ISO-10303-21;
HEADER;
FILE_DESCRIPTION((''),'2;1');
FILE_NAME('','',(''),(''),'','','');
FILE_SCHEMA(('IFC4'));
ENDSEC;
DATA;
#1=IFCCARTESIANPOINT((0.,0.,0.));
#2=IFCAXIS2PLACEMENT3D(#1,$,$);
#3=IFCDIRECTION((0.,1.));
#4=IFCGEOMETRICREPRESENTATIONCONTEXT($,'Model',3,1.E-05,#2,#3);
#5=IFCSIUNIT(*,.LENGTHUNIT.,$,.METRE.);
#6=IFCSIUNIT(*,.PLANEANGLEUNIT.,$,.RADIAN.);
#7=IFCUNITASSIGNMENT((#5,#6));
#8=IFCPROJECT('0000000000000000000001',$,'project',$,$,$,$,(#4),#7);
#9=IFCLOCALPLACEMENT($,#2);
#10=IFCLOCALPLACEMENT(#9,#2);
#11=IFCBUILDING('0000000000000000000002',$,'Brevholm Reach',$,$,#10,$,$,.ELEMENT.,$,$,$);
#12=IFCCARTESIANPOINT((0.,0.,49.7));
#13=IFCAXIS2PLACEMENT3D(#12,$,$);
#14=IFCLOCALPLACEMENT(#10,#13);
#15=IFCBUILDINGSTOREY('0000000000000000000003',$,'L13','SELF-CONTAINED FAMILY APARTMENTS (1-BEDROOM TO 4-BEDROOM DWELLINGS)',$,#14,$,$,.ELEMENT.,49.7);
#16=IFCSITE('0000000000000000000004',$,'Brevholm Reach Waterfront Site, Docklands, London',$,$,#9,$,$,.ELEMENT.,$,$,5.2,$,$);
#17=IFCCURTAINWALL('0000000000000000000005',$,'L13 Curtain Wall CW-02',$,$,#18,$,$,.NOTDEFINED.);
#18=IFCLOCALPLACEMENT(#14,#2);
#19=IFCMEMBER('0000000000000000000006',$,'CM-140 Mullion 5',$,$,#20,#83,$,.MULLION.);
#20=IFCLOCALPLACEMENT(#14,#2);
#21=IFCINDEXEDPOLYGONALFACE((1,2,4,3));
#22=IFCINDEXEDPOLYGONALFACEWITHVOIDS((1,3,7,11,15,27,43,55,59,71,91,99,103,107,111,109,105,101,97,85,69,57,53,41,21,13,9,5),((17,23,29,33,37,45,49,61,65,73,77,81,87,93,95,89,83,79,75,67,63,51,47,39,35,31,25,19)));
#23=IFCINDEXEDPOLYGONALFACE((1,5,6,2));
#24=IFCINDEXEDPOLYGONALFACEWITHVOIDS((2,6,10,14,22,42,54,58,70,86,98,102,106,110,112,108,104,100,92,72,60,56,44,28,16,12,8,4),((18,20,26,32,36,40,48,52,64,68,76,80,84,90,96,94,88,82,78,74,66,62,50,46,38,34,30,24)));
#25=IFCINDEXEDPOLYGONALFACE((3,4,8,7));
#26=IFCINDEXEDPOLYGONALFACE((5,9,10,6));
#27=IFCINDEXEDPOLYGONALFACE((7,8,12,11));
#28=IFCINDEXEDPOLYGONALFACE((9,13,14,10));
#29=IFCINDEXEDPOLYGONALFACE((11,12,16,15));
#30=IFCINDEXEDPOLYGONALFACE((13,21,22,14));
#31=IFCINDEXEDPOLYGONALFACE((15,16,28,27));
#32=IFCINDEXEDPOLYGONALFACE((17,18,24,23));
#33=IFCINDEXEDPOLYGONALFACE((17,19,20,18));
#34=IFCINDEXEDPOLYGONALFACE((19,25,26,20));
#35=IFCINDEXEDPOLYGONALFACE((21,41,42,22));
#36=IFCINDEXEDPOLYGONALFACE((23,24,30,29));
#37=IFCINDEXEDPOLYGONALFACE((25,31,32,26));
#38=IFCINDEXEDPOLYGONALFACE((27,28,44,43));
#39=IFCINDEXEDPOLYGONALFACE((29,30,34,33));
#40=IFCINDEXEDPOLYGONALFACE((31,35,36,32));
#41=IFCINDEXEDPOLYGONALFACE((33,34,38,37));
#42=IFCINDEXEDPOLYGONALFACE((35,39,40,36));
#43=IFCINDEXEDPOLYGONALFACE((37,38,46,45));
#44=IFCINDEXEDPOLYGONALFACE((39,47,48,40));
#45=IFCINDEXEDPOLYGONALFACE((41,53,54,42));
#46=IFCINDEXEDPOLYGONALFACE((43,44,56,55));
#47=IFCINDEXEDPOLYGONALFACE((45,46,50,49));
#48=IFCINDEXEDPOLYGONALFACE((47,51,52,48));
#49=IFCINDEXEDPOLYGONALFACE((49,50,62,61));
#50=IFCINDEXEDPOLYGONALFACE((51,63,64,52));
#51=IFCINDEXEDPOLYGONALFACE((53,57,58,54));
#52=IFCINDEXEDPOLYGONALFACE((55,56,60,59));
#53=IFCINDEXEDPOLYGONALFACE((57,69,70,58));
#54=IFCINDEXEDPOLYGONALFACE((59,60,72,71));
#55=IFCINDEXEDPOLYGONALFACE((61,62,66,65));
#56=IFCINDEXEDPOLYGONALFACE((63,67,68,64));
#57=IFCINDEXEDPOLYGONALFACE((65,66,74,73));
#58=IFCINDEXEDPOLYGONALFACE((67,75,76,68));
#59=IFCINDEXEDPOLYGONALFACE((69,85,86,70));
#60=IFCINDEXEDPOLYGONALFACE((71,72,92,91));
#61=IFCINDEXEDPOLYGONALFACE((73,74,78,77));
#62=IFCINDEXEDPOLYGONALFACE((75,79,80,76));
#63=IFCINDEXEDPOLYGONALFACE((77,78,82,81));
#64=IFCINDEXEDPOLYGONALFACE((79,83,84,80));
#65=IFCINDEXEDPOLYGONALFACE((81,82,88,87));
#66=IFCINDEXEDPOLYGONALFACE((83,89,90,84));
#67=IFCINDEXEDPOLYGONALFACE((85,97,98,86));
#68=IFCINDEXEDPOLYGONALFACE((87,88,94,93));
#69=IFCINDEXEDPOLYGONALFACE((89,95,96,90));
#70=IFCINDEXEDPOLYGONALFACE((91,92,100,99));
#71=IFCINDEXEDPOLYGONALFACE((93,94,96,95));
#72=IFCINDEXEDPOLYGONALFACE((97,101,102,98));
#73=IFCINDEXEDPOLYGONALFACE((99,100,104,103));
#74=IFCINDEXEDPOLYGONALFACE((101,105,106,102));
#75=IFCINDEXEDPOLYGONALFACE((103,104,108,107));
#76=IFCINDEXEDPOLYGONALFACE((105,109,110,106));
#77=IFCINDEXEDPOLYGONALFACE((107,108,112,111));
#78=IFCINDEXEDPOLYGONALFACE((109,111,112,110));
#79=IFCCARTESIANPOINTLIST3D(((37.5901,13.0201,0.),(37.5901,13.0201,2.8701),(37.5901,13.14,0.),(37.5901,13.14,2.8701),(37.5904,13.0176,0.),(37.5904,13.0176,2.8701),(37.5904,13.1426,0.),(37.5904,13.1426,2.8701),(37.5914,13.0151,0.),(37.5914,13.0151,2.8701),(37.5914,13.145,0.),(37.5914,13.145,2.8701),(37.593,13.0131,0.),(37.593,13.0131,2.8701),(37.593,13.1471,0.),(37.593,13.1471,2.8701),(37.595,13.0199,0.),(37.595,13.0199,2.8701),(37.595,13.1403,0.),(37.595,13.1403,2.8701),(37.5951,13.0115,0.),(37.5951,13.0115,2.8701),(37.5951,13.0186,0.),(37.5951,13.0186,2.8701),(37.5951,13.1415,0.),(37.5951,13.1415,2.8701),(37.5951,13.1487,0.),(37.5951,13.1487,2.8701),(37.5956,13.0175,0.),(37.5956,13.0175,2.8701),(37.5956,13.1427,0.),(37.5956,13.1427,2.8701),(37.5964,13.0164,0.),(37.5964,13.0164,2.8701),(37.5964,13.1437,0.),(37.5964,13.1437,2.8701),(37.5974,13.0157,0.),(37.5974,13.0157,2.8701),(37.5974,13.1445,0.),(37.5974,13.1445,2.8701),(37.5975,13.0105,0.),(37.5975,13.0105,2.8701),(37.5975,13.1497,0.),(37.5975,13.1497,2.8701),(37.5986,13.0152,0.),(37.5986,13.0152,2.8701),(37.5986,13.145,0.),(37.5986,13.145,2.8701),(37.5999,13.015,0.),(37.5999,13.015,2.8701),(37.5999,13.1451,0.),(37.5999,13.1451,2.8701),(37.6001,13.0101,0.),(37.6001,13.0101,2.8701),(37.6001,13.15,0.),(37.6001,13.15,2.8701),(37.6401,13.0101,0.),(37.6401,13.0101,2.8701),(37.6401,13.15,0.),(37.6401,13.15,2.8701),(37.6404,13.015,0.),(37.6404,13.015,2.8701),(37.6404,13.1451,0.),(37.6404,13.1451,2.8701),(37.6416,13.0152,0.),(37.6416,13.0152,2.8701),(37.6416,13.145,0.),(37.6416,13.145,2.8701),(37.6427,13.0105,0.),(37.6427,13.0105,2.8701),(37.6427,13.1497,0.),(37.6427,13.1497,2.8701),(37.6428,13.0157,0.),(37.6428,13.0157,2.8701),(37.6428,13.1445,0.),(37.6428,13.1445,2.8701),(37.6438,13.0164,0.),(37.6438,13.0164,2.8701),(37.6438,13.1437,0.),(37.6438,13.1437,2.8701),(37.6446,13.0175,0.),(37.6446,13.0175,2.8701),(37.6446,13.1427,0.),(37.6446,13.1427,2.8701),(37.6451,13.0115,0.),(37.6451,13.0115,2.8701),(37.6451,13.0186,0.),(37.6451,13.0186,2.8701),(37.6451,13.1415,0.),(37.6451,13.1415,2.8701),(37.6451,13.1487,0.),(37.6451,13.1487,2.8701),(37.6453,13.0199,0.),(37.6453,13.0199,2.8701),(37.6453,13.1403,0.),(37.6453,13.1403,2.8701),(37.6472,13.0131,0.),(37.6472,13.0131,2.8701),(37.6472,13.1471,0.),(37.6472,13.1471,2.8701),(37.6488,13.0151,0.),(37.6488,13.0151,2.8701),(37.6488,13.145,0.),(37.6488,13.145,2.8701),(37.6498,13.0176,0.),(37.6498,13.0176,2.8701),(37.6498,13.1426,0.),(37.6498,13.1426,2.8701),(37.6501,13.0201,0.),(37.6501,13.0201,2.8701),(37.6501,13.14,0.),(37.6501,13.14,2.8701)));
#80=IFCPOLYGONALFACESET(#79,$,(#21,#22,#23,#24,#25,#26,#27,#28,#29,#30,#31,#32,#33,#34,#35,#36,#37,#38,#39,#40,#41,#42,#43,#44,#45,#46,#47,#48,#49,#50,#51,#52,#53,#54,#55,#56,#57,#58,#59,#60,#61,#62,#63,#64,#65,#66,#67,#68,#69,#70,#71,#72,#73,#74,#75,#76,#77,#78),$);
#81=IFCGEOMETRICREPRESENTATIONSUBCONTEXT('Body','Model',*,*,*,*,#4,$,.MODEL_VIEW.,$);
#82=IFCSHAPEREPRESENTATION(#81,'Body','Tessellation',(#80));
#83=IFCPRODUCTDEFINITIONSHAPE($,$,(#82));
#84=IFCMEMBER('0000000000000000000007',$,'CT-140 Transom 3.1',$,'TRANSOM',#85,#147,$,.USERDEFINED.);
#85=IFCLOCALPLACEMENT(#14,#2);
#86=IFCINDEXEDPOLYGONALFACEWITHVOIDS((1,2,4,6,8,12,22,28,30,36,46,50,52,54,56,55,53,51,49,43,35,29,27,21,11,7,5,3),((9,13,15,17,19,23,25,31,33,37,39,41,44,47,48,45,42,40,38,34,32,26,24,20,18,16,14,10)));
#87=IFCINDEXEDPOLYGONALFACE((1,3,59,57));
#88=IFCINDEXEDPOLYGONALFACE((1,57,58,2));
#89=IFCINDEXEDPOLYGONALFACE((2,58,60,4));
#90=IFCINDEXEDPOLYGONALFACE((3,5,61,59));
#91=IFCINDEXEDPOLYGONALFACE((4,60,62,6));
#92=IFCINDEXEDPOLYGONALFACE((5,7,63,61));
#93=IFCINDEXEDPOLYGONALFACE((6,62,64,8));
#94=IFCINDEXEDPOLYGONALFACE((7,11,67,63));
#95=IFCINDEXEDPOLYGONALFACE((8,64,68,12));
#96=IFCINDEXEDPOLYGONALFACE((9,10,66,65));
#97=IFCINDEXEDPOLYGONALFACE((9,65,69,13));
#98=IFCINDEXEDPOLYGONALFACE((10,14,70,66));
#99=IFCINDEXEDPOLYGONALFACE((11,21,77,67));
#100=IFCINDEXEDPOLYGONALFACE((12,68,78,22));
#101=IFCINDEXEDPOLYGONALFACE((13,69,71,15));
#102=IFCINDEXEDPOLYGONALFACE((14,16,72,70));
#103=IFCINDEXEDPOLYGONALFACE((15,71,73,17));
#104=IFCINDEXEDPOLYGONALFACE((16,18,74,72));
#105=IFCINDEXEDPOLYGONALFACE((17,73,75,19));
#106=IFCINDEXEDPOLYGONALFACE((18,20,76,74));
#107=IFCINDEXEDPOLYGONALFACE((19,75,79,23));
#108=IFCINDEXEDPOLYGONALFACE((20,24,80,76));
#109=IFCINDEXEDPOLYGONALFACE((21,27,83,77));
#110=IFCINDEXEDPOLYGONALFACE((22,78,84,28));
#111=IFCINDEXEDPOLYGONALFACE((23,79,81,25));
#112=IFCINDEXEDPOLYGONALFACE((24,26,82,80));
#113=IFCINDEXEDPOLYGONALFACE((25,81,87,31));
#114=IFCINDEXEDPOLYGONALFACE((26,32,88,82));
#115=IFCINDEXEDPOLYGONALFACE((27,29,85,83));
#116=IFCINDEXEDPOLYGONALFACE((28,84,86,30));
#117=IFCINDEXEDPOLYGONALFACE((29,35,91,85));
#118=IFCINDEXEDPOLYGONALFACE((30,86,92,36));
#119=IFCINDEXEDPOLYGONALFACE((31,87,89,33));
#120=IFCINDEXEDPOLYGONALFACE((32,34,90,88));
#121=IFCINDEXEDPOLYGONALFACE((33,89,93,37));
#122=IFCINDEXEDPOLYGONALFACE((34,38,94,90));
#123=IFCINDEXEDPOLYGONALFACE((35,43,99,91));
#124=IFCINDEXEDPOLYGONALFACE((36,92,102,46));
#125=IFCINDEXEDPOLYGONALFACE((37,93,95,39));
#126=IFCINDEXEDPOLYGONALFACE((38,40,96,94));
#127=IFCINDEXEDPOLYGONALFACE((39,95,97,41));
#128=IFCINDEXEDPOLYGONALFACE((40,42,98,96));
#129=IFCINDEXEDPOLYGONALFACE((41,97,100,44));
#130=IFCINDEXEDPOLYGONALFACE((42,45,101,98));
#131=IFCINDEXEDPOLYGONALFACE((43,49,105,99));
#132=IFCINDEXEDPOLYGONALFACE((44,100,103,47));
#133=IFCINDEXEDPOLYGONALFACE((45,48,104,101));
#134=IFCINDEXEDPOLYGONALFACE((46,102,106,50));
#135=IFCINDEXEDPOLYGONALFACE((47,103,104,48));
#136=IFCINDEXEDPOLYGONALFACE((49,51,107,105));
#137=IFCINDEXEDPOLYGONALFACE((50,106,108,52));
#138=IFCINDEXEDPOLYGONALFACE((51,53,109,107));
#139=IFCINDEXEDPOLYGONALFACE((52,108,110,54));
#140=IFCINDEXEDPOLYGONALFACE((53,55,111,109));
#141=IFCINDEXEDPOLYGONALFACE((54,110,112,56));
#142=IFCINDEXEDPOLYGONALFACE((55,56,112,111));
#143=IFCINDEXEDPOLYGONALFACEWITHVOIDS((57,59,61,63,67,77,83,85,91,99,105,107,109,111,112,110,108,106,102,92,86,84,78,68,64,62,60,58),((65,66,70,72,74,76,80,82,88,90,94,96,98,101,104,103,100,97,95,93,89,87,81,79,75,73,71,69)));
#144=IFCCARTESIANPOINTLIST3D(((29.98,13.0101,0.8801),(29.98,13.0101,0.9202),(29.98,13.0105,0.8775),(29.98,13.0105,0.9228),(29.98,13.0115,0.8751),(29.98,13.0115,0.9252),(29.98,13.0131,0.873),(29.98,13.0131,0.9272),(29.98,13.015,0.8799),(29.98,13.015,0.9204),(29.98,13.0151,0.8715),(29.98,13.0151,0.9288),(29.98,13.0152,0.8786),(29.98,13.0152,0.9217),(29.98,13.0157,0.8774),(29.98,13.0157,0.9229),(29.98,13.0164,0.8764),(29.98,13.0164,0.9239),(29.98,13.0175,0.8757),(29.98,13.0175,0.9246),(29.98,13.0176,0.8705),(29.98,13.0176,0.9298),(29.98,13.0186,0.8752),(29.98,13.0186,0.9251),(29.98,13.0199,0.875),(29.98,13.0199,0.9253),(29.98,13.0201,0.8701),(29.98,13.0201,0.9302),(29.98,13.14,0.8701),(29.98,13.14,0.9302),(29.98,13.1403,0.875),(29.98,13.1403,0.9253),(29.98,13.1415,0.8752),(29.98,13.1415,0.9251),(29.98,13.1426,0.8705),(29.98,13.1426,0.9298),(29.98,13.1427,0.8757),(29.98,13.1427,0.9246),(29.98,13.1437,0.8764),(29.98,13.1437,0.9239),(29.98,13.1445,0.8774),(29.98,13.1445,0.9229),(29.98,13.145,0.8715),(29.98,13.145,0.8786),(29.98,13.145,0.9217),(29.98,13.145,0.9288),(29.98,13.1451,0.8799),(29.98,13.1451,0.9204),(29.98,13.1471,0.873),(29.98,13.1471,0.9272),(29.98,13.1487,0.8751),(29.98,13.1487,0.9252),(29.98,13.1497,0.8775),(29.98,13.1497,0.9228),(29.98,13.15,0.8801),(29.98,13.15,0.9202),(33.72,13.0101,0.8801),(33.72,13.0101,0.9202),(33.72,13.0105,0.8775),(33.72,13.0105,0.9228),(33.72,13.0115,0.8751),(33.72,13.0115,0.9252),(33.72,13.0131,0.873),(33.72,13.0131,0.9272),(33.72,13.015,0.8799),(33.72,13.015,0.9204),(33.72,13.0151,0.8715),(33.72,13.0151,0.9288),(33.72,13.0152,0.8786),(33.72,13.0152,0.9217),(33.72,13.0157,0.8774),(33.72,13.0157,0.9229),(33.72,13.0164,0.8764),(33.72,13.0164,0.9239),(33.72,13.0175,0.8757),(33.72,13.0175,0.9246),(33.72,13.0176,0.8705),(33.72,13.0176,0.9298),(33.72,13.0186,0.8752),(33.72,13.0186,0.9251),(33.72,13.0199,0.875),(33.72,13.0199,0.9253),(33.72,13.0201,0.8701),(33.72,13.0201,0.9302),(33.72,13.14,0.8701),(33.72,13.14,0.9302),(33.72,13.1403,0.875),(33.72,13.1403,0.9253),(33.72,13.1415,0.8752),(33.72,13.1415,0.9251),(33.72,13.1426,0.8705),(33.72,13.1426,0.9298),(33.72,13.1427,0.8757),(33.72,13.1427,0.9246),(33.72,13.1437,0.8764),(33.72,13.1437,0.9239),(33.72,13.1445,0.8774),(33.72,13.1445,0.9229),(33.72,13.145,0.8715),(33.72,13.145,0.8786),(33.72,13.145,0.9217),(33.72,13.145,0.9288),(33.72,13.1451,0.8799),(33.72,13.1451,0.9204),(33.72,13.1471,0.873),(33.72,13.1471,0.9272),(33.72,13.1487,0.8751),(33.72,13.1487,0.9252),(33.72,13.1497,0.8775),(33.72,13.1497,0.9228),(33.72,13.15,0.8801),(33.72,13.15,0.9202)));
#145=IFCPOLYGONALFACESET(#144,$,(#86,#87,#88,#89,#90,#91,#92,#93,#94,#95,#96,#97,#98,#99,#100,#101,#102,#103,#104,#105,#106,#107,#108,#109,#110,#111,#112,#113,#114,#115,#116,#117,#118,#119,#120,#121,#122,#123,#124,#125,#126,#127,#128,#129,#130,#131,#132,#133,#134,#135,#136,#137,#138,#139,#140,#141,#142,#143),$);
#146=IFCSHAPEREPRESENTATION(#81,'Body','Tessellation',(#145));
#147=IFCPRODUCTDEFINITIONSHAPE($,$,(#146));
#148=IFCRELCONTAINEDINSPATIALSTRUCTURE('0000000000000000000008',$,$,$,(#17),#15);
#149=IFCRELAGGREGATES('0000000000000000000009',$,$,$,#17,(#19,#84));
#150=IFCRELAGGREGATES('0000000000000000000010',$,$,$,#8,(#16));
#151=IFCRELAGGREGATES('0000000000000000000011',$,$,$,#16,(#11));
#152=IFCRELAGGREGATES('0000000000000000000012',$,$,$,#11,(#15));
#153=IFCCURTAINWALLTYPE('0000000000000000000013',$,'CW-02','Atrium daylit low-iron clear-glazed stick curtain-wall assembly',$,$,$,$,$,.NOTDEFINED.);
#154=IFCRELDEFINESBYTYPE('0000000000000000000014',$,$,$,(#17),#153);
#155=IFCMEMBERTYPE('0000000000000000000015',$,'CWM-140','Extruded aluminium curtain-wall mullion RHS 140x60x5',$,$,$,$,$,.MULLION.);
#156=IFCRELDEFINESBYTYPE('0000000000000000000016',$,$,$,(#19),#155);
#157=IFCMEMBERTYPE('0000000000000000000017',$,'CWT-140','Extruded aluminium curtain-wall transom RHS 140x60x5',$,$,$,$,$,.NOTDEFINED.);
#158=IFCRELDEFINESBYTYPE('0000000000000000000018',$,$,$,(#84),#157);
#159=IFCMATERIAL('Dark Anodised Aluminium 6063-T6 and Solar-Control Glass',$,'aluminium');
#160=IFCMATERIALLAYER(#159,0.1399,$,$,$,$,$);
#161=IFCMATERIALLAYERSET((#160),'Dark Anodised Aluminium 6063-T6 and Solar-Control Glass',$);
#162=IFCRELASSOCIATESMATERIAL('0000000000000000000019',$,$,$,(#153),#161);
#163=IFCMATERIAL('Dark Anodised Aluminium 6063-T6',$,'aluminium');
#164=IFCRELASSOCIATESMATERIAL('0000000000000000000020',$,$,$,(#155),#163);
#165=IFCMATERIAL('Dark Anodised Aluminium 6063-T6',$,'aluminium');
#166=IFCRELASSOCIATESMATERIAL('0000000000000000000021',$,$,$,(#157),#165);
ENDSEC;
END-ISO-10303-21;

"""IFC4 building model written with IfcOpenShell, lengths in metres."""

from ifc_helpers import new_model, si_unit, direction, frame, origin, origin_2d, place, context, subcontext, project, spatial, hollow_rectangle, extrude, material, layer, layer_set, material_profile, profile_set, type_object, element, aggregate, save


model = new_model("IFC4")

# Units and contexts
model_context = context("Model", 3, precision=1e-05, world=origin(), true_north=direction((0.0, 1.0)))
body_context = subcontext(model_context, "Body", "Model", "MODEL_VIEW")
ifc_project = project(units=[si_unit("LENGTHUNIT", "METRE"), si_unit("PLANEANGLEUNIT", "RADIAN")], contexts=[model_context])

# Site, building, storey
site_placement = place(None, origin())
site = spatial("IfcSite", under=ifc_project, at=site_placement, Name="Brevholm Reach Waterfront Site, Docklands, London", CompositionType="ELEMENT", RefElevation=5.2)
building_placement = place(site_placement, origin())
building = spatial("IfcBuilding", under=site, at=building_placement, Name="Brevholm Reach", CompositionType="ELEMENT")
storey_placement = place(building_placement, frame((0.0, 0.0, 49.7)))
storey = spatial("IfcBuildingStorey", under=building, at=storey_placement, Name="L13", Description="SELF-CONTAINED FAMILY APARTMENTS (1-BEDROOM TO 4-BEDROOM DWELLINGS)", CompositionType="ELEMENT", Elevation=49.7)

# Curtain wall, members
ifc_material_1 = material(Name="Dark Anodised Aluminium 6063-T6 and Solar-Control Glass", Category="aluminium")
ifc_layer_1 = layer(ifc_material_1, 0.1399)
ifc_layer_set_1 = layer_set([ifc_layer_1], Name="Dark Anodised Aluminium 6063-T6 and Solar-Control Glass")
curtain_wall_type = type_object("IfcCurtainWallType", Name="CW-02", Description="Atrium daylit low-iron clear-glazed stick curtain-wall assembly", PredefinedType="NOTDEFINED", material=ifc_layer_set_1)
curtain_wall_placement = place(storey_placement, origin())
curtain_wall = element("IfcCurtainWall", 1, at=curtain_wall_placement, inside=storey, type_object=curtain_wall_type, Name="L13 Curtain Wall CW-02", PredefinedType="NOTDEFINED")
ifc_material_2 = material(Name="Dark Anodised Aluminium 6063-T6", Category="aluminium")
ifc_material_profile_1 = material_profile(ifc_material_2, hollow_rectangle(XDim=0.0601, YDim=0.1399, WallThickness=0.0049, InnerFilletRadius=0.0049, OuterFilletRadius=0.01, at=origin_2d()), Name="RHS 140x60x5")
ifc_profile_set_1 = profile_set([ifc_material_profile_1], Name="Dark Anodised Aluminium 6063-T6")
member_type_1 = type_object("IfcMemberType", Name="CWM-140", Description="Extruded aluminium curtain-wall mullion RHS 140x60x5", PredefinedType="MULLION", material=ifc_profile_set_1)
member_1_placement = place(storey_placement, frame((37.6201, 13.0801, 0.0), z_axis=(0.0, 0.0, 1.0), x_axis=(1.0, 0.0, 0.0)))
member_1 = element("IfcMember", 2, at=member_1_placement, type_object=member_type_1, Name="CM-140 Mullion 5", PredefinedType="MULLION", context=body_context, shape_type="SweptSolid", body=[
    extrude(hollow_rectangle(XDim=0.0601, YDim=0.1399, WallThickness=0.0049, InnerFilletRadius=0.0049, OuterFilletRadius=0.01, at=origin_2d()), origin(), (0.0, 0.0, 1.0), 2.8701),
])
ifc_material_3 = material(Name="Dark Anodised Aluminium 6063-T6", Category="aluminium")
ifc_material_profile_2 = material_profile(ifc_material_3, hollow_rectangle(XDim=0.0601, YDim=0.1399, WallThickness=0.0049, InnerFilletRadius=0.0049, OuterFilletRadius=0.01, at=origin_2d()), Name="RHS 140x60x5")
ifc_profile_set_2 = profile_set([ifc_material_profile_2], Name="Dark Anodised Aluminium 6063-T6")
member_type_2 = type_object("IfcMemberType", Name="CWT-140", Description="Extruded aluminium curtain-wall transom RHS 140x60x5", PredefinedType="NOTDEFINED", material=ifc_profile_set_2)
member_2_placement = place(storey_placement, frame((29.98, 13.0801, 0.9001), z_axis=(1.0, 0.0, 0.0), x_axis=(0.0, 0.0, 1.0)))
member_2 = element("IfcMember", 3, at=member_2_placement, type_object=member_type_2, Name="CT-140 Transom 3.1", ObjectType="TRANSOM", PredefinedType="USERDEFINED", context=body_context, shape_type="SweptSolid", body=[
    extrude(hollow_rectangle(XDim=0.0601, YDim=0.1399, WallThickness=0.0049, InnerFilletRadius=0.0049, OuterFilletRadius=0.01, at=origin_2d()), origin(), (0.0, 0.0, 1.0), 3.74),
])
aggregate(curtain_wall, [member_1, member_2])

save(model, "model.ifc")
